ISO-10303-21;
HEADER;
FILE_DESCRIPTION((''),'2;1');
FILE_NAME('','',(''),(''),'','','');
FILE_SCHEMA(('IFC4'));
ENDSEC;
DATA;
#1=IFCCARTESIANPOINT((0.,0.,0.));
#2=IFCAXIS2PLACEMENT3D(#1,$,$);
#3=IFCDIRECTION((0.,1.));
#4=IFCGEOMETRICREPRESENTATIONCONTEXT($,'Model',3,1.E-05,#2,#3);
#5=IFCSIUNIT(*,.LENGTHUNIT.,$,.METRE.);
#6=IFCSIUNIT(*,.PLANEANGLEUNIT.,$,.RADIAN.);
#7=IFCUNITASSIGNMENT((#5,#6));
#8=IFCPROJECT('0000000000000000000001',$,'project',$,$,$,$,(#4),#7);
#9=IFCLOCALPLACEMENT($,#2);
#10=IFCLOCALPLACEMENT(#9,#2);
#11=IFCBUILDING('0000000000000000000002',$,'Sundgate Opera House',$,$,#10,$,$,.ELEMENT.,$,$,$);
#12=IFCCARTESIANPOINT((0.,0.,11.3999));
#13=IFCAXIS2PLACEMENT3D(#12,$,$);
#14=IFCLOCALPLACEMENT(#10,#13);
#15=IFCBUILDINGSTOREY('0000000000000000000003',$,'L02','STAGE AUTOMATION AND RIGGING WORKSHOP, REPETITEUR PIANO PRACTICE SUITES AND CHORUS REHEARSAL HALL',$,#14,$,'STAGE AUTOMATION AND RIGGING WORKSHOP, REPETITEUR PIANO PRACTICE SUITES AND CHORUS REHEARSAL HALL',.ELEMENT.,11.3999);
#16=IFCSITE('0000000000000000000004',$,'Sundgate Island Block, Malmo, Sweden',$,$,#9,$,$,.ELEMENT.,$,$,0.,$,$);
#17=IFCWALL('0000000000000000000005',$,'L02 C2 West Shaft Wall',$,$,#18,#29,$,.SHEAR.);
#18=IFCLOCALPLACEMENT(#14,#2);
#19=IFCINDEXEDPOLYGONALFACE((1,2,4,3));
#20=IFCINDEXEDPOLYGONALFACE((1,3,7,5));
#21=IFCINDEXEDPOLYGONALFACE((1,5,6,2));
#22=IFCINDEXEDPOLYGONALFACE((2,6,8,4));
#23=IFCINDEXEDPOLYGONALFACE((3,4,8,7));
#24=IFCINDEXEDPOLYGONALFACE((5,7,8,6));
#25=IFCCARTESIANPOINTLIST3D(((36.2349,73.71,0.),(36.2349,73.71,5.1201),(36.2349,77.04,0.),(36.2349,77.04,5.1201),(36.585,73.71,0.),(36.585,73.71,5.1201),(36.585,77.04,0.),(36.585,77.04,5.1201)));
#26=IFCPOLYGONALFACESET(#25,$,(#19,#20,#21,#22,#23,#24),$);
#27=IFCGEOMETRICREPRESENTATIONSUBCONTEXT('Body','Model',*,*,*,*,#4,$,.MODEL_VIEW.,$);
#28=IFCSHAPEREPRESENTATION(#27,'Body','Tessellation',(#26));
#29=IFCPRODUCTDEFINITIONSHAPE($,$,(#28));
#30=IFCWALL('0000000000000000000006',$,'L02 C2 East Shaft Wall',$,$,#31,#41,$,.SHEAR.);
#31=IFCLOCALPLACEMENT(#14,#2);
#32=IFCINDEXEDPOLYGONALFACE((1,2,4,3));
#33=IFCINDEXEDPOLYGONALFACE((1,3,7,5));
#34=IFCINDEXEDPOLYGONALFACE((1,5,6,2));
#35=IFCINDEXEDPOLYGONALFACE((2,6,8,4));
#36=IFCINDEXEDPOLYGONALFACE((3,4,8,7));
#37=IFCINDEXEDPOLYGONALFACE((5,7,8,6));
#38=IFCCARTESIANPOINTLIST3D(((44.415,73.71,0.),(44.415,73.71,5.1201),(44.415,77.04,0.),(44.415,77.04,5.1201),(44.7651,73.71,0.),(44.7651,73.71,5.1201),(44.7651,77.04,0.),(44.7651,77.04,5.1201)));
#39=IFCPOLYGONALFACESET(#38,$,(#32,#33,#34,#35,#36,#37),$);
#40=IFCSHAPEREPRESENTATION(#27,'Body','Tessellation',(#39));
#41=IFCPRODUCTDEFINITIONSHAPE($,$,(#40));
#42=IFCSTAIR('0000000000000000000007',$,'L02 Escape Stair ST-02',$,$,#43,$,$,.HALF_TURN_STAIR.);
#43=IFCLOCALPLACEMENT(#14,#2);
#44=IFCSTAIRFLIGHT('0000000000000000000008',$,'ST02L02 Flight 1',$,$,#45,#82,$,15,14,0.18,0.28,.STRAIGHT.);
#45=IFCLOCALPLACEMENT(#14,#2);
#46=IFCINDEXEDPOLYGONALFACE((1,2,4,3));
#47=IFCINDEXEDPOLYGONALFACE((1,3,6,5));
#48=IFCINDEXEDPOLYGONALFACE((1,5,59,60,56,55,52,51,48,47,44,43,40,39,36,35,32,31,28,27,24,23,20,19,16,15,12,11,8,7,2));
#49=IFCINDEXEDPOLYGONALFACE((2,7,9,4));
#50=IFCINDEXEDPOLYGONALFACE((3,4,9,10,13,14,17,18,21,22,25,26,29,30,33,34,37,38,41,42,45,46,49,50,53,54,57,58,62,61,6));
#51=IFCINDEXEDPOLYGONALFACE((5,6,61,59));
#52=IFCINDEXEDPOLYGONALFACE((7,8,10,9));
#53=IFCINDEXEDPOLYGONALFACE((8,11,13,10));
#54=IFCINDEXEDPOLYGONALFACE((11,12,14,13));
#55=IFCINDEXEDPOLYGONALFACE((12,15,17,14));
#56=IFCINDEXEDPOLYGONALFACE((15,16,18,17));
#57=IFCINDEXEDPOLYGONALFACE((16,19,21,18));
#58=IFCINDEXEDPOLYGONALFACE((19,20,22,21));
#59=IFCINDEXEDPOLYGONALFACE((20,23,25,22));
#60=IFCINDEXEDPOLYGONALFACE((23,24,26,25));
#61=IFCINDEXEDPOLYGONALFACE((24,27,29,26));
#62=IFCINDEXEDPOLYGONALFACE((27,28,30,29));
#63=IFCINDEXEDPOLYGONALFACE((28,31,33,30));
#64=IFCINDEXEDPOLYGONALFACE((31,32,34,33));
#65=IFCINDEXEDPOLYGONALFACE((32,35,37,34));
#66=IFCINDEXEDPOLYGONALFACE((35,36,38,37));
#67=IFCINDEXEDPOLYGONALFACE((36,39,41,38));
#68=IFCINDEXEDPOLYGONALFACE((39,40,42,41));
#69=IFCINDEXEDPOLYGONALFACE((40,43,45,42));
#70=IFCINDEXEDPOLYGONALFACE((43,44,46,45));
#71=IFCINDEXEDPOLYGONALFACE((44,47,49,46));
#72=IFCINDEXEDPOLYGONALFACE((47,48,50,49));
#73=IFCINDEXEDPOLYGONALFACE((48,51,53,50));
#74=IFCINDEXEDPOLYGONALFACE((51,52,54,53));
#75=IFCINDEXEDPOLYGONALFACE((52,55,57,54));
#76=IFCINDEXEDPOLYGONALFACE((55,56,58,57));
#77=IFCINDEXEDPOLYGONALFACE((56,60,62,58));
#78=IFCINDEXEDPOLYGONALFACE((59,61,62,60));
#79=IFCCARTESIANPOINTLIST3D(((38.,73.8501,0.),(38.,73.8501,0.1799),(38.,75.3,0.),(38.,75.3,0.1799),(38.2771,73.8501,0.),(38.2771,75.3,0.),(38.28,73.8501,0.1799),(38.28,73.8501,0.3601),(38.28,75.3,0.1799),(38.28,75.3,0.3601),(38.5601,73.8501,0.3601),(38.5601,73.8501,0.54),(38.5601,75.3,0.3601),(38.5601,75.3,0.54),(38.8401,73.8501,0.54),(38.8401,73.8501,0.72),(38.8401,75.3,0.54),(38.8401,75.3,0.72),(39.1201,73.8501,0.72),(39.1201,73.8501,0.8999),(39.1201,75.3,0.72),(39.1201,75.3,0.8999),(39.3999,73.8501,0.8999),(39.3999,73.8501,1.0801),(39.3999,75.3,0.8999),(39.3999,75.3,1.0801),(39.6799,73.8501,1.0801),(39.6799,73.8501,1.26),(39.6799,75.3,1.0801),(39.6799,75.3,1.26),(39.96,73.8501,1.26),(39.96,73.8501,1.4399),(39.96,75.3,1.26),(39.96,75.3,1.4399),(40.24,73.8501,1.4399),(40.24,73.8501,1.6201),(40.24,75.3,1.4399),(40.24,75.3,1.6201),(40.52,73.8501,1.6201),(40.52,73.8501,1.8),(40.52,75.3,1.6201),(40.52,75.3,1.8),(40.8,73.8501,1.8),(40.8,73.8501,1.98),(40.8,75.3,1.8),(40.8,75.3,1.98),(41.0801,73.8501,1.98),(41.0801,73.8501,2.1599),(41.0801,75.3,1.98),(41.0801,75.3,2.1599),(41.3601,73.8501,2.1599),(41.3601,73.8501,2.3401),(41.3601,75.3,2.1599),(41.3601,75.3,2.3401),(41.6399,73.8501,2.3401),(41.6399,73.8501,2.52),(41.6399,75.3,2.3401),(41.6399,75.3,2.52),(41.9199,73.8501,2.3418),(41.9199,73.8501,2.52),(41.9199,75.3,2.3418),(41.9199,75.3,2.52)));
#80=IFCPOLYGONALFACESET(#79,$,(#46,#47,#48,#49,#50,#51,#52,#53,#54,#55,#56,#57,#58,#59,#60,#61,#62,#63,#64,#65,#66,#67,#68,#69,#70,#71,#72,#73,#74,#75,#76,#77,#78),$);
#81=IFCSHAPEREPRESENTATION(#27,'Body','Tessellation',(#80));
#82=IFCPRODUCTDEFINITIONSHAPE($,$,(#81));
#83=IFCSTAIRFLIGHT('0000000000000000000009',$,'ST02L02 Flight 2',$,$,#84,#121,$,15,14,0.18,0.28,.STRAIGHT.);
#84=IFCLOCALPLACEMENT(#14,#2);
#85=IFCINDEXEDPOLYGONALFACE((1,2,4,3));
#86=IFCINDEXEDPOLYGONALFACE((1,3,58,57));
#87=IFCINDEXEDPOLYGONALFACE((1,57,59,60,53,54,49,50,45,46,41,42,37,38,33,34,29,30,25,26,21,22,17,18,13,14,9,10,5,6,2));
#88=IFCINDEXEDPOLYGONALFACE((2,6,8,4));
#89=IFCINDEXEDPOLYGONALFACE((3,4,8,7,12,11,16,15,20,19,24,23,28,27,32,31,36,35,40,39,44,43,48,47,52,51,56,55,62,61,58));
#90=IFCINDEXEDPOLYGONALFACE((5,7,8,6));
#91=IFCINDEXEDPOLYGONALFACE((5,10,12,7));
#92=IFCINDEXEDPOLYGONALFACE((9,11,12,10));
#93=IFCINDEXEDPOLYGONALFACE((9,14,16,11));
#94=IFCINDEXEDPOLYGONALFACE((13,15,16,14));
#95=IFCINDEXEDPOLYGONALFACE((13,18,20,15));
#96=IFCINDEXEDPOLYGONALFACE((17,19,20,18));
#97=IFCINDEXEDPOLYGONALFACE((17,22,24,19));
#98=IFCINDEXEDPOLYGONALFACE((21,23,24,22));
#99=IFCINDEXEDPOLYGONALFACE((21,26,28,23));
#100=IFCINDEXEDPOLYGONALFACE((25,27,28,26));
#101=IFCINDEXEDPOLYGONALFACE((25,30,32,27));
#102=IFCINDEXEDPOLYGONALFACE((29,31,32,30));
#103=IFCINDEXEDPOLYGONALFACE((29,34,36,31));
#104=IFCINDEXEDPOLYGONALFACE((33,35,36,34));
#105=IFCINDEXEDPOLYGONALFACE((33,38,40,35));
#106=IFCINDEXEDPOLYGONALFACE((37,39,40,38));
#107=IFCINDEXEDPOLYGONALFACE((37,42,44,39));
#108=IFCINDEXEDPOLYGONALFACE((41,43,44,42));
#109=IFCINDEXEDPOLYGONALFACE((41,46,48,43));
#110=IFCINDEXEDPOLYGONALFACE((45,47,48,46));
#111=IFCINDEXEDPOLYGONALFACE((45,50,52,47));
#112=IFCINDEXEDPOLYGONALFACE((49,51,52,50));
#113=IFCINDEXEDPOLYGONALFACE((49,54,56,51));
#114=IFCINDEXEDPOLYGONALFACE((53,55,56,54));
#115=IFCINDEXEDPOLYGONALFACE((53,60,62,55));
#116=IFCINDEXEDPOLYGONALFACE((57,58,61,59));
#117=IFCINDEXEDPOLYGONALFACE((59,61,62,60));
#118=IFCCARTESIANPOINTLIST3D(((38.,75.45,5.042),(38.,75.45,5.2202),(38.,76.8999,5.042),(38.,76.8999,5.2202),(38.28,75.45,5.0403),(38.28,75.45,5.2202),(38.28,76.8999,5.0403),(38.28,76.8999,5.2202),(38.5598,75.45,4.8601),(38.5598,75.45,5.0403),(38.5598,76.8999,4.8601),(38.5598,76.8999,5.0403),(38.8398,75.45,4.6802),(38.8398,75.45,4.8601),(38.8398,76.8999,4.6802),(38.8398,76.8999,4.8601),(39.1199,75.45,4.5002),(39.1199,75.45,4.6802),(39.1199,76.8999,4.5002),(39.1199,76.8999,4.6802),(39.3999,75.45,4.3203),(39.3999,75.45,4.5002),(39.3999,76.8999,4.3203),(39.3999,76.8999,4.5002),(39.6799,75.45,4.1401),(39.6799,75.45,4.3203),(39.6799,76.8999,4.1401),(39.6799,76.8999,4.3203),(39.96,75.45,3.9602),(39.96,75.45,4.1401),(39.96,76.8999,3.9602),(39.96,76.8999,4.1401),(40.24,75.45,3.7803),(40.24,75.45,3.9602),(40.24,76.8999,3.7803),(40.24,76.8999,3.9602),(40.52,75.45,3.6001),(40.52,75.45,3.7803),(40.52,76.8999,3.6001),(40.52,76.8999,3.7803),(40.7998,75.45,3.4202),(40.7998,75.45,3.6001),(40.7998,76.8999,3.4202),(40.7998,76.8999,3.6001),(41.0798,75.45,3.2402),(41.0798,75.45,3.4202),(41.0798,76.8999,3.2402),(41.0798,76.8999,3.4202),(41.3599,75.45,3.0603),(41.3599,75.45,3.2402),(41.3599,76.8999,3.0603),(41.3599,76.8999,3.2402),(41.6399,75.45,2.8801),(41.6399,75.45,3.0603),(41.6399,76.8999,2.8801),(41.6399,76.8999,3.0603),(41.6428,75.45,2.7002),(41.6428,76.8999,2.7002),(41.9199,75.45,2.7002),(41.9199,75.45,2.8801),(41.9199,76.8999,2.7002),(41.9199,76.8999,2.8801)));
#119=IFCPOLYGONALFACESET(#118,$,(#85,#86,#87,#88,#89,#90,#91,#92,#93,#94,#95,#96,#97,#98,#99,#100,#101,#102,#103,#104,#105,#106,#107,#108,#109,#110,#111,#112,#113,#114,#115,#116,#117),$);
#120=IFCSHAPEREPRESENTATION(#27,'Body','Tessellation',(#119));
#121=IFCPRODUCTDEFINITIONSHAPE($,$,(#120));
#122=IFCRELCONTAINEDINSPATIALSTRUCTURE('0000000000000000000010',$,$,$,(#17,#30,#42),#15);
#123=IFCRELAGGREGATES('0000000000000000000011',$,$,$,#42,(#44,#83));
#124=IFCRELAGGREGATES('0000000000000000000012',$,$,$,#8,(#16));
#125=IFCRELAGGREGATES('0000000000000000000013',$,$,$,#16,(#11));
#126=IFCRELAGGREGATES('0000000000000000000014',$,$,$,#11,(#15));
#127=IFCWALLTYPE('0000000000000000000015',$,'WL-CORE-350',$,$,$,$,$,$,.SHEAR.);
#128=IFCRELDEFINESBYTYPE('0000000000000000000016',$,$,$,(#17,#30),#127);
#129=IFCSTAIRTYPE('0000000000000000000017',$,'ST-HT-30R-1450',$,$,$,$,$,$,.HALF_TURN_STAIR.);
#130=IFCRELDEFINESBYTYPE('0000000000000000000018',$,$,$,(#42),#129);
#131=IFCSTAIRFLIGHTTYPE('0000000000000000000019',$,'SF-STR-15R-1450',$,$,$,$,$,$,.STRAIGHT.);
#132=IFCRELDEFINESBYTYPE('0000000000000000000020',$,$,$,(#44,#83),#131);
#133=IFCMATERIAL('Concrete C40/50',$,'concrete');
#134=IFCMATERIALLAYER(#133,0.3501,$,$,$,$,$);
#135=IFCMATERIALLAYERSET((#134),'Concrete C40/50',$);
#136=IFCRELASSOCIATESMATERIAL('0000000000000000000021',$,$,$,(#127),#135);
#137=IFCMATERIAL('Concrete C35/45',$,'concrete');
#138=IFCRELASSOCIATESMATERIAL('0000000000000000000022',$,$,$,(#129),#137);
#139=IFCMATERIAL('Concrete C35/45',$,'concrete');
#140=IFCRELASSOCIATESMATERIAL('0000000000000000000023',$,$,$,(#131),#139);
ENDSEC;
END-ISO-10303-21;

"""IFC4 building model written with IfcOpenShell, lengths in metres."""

from ifc_helpers import new_model, si_unit, direction, frame, frame_2d, origin, place, context, subcontext, project, spatial, polyline, rectangle, outline, extrude, material, layer, layer_set, type_object, element, aggregate, save


model = new_model("IFC4")

# Units and contexts
model_context = context("Model", 3, precision=1e-05, world=origin(), true_north=direction((0.0, 1.0)))
body_context = subcontext(model_context, "Body", "Model", "MODEL_VIEW")
ifc_project = project(units=[si_unit("LENGTHUNIT", "METRE"), si_unit("PLANEANGLEUNIT", "RADIAN")], contexts=[model_context])

# Site, building, storey
site_placement = place(None, origin())
site = spatial("IfcSite", under=ifc_project, at=site_placement, Name="Sundgate Island Block, Malmo, Sweden", CompositionType="ELEMENT", RefElevation=0.0)
building_placement = place(site_placement, origin())
building = spatial("IfcBuilding", under=site, at=building_placement, Name="Sundgate Opera House", CompositionType="ELEMENT")
storey_placement = place(building_placement, frame((0.0, 0.0, 11.3999)))
storey = spatial("IfcBuildingStorey", under=building, at=storey_placement, Name="L02", Description="STAGE AUTOMATION AND RIGGING WORKSHOP, REPETITEUR PIANO PRACTICE SUITES AND CHORUS REHEARSAL HALL", LongName="STAGE AUTOMATION AND RIGGING WORKSHOP, REPETITEUR PIANO PRACTICE SUITES AND CHORUS REHEARSAL HALL", CompositionType="ELEMENT", Elevation=11.3999)

# Walls
ifc_material_1 = material(Name="Concrete C40/50", Category="concrete")
ifc_layer_1 = layer(ifc_material_1, 0.3501)
ifc_layer_set_1 = layer_set([ifc_layer_1], Name="Concrete C40/50")
wall_type = type_object("IfcWallType", Name="WL-CORE-350", PredefinedType="SHEAR", material=ifc_layer_set_1)
for number, where, z_axis, x_axis, name in (
    (1, (36.4099, 73.71, 0.0), (0.0, 0.0, 1.0), (0.0, 1.0, 0.0), "L02 C2 West Shaft Wall"),
    (2, (44.5901, 73.71, 0.0), (0.0, 0.0, 1.0), (0.0, 1.0, 0.0), "L02 C2 East Shaft Wall"),
):
    element("IfcWall", number, at=place(storey_placement, frame(where, z_axis=z_axis, x_axis=x_axis)), inside=storey, type_object=wall_type, Name=name, PredefinedType="SHEAR", context=body_context, shape_type="SweptSolid", body=[
        extrude(rectangle(XDim=3.3301, YDim=0.3501, at=frame_2d((1.665, 0.0))), origin(), (0.0, 0.0, 1.0), 5.1201),
    ])

# Stair, stair flights
ifc_material_2 = material(Name="Concrete C35/45", Category="concrete")
stair_type = type_object("IfcStairType", Name="ST-HT-30R-1450", PredefinedType="HALF_TURN_STAIR", material=ifc_material_2)
stair_placement = place(storey_placement, origin())
stair = element("IfcStair", 3, at=stair_placement, inside=storey, type_object=stair_type, Name="L02 Escape Stair ST-02", PredefinedType="HALF_TURN_STAIR")
ifc_material_3 = material(Name="Concrete C35/45", Category="concrete")
stair_flight_type = type_object("IfcStairFlightType", Name="SF-STR-15R-1450", PredefinedType="STRAIGHT", material=ifc_material_3)
stair_flight_1_placement = place(storey_placement, frame((38.0, 74.575, 0.0), z_axis=(0.0, 0.0, 1.0), x_axis=(1.0, 0.0, 0.0)))
stair_flight_1 = element("IfcStairFlight", 4, at=stair_flight_1_placement, type_object=stair_flight_type, Name="ST02L02 Flight 1", NumberOfRisers=15, NumberOfTreads=14, PredefinedType="STRAIGHT", RiserHeight=0.18, TreadLength=0.28, context=body_context, shape_type="SweptSolid", body=[
    extrude(outline(polyline([(0.0, 0.0), (0.0, 0.1799), (0.28, 0.1799), (0.28, 0.3601), (0.5601, 0.3601), (0.5601, 0.54), (0.8401, 0.54), (0.8401, 0.72), (1.1201, 0.72), (1.1201, 0.8999), (1.3999, 0.8999), (1.3999, 1.0801), (1.6799, 1.0801), (1.6799, 1.26), (1.96, 1.26), (1.96, 1.4399), (2.24, 1.4399), (2.24, 1.6201), (2.52, 1.6201), (2.52, 1.8), (2.8, 1.8), (2.8, 1.98), (3.0801, 1.98), (3.0801, 2.1599), (3.3601, 2.1599), (3.3601, 2.3401), (3.6399, 2.3401), (3.6399, 2.52), (3.9199, 2.52), (3.9199, 2.7), (3.9199, 2.3418), (0.2771, 0.0), (0.0, 0.0)])), frame((0.0, 0.7251, 0.0), z_axis=(0.0, -1.0, 0.0), x_axis=(1.0, 0.0, 0.0)), (0.0, 0.0, 1.0), 1.45),
])
stair_flight_2_placement = place(storey_placement, frame((41.9199, 76.175, 2.7002), z_axis=(0.0, 0.0, 1.0), x_axis=(-1.0, 0.0, 0.0)))
stair_flight_2 = element("IfcStairFlight", 5, at=stair_flight_2_placement, type_object=stair_flight_type, Name="ST02L02 Flight 2", NumberOfRisers=15, NumberOfTreads=14, PredefinedType="STRAIGHT", RiserHeight=0.18, TreadLength=0.28, context=body_context, shape_type="SweptSolid", body=[
    extrude(outline(polyline([(0.0, 0.0), (0.0, 0.1799), (0.28, 0.1799), (0.28, 0.3601), (0.5601, 0.3601), (0.5601, 0.54), (0.8401, 0.54), (0.8401, 0.72), (1.1201, 0.72), (1.1201, 0.8999), (1.3999, 0.8999), (1.3999, 1.0801), (1.6799, 1.0801), (1.6799, 1.26), (1.96, 1.26), (1.96, 1.4399), (2.24, 1.4399), (2.24, 1.6201), (2.52, 1.6201), (2.52, 1.8), (2.8, 1.8), (2.8, 1.98), (3.0801, 1.98), (3.0801, 2.1599), (3.3601, 2.1599), (3.3601, 2.3401), (3.6399, 2.3401), (3.6399, 2.52), (3.9199, 2.52), (3.9199, 2.7), (3.9199, 2.3418), (0.2771, 0.0), (0.0, 0.0)])), frame((0.0, 0.7251, 0.0), z_axis=(0.0, -1.0, 0.0), x_axis=(1.0, 0.0, 0.0)), (0.0, 0.0, 1.0), 1.45),
])
aggregate(stair, [stair_flight_1, stair_flight_2])

save(model, "model.ifc")
